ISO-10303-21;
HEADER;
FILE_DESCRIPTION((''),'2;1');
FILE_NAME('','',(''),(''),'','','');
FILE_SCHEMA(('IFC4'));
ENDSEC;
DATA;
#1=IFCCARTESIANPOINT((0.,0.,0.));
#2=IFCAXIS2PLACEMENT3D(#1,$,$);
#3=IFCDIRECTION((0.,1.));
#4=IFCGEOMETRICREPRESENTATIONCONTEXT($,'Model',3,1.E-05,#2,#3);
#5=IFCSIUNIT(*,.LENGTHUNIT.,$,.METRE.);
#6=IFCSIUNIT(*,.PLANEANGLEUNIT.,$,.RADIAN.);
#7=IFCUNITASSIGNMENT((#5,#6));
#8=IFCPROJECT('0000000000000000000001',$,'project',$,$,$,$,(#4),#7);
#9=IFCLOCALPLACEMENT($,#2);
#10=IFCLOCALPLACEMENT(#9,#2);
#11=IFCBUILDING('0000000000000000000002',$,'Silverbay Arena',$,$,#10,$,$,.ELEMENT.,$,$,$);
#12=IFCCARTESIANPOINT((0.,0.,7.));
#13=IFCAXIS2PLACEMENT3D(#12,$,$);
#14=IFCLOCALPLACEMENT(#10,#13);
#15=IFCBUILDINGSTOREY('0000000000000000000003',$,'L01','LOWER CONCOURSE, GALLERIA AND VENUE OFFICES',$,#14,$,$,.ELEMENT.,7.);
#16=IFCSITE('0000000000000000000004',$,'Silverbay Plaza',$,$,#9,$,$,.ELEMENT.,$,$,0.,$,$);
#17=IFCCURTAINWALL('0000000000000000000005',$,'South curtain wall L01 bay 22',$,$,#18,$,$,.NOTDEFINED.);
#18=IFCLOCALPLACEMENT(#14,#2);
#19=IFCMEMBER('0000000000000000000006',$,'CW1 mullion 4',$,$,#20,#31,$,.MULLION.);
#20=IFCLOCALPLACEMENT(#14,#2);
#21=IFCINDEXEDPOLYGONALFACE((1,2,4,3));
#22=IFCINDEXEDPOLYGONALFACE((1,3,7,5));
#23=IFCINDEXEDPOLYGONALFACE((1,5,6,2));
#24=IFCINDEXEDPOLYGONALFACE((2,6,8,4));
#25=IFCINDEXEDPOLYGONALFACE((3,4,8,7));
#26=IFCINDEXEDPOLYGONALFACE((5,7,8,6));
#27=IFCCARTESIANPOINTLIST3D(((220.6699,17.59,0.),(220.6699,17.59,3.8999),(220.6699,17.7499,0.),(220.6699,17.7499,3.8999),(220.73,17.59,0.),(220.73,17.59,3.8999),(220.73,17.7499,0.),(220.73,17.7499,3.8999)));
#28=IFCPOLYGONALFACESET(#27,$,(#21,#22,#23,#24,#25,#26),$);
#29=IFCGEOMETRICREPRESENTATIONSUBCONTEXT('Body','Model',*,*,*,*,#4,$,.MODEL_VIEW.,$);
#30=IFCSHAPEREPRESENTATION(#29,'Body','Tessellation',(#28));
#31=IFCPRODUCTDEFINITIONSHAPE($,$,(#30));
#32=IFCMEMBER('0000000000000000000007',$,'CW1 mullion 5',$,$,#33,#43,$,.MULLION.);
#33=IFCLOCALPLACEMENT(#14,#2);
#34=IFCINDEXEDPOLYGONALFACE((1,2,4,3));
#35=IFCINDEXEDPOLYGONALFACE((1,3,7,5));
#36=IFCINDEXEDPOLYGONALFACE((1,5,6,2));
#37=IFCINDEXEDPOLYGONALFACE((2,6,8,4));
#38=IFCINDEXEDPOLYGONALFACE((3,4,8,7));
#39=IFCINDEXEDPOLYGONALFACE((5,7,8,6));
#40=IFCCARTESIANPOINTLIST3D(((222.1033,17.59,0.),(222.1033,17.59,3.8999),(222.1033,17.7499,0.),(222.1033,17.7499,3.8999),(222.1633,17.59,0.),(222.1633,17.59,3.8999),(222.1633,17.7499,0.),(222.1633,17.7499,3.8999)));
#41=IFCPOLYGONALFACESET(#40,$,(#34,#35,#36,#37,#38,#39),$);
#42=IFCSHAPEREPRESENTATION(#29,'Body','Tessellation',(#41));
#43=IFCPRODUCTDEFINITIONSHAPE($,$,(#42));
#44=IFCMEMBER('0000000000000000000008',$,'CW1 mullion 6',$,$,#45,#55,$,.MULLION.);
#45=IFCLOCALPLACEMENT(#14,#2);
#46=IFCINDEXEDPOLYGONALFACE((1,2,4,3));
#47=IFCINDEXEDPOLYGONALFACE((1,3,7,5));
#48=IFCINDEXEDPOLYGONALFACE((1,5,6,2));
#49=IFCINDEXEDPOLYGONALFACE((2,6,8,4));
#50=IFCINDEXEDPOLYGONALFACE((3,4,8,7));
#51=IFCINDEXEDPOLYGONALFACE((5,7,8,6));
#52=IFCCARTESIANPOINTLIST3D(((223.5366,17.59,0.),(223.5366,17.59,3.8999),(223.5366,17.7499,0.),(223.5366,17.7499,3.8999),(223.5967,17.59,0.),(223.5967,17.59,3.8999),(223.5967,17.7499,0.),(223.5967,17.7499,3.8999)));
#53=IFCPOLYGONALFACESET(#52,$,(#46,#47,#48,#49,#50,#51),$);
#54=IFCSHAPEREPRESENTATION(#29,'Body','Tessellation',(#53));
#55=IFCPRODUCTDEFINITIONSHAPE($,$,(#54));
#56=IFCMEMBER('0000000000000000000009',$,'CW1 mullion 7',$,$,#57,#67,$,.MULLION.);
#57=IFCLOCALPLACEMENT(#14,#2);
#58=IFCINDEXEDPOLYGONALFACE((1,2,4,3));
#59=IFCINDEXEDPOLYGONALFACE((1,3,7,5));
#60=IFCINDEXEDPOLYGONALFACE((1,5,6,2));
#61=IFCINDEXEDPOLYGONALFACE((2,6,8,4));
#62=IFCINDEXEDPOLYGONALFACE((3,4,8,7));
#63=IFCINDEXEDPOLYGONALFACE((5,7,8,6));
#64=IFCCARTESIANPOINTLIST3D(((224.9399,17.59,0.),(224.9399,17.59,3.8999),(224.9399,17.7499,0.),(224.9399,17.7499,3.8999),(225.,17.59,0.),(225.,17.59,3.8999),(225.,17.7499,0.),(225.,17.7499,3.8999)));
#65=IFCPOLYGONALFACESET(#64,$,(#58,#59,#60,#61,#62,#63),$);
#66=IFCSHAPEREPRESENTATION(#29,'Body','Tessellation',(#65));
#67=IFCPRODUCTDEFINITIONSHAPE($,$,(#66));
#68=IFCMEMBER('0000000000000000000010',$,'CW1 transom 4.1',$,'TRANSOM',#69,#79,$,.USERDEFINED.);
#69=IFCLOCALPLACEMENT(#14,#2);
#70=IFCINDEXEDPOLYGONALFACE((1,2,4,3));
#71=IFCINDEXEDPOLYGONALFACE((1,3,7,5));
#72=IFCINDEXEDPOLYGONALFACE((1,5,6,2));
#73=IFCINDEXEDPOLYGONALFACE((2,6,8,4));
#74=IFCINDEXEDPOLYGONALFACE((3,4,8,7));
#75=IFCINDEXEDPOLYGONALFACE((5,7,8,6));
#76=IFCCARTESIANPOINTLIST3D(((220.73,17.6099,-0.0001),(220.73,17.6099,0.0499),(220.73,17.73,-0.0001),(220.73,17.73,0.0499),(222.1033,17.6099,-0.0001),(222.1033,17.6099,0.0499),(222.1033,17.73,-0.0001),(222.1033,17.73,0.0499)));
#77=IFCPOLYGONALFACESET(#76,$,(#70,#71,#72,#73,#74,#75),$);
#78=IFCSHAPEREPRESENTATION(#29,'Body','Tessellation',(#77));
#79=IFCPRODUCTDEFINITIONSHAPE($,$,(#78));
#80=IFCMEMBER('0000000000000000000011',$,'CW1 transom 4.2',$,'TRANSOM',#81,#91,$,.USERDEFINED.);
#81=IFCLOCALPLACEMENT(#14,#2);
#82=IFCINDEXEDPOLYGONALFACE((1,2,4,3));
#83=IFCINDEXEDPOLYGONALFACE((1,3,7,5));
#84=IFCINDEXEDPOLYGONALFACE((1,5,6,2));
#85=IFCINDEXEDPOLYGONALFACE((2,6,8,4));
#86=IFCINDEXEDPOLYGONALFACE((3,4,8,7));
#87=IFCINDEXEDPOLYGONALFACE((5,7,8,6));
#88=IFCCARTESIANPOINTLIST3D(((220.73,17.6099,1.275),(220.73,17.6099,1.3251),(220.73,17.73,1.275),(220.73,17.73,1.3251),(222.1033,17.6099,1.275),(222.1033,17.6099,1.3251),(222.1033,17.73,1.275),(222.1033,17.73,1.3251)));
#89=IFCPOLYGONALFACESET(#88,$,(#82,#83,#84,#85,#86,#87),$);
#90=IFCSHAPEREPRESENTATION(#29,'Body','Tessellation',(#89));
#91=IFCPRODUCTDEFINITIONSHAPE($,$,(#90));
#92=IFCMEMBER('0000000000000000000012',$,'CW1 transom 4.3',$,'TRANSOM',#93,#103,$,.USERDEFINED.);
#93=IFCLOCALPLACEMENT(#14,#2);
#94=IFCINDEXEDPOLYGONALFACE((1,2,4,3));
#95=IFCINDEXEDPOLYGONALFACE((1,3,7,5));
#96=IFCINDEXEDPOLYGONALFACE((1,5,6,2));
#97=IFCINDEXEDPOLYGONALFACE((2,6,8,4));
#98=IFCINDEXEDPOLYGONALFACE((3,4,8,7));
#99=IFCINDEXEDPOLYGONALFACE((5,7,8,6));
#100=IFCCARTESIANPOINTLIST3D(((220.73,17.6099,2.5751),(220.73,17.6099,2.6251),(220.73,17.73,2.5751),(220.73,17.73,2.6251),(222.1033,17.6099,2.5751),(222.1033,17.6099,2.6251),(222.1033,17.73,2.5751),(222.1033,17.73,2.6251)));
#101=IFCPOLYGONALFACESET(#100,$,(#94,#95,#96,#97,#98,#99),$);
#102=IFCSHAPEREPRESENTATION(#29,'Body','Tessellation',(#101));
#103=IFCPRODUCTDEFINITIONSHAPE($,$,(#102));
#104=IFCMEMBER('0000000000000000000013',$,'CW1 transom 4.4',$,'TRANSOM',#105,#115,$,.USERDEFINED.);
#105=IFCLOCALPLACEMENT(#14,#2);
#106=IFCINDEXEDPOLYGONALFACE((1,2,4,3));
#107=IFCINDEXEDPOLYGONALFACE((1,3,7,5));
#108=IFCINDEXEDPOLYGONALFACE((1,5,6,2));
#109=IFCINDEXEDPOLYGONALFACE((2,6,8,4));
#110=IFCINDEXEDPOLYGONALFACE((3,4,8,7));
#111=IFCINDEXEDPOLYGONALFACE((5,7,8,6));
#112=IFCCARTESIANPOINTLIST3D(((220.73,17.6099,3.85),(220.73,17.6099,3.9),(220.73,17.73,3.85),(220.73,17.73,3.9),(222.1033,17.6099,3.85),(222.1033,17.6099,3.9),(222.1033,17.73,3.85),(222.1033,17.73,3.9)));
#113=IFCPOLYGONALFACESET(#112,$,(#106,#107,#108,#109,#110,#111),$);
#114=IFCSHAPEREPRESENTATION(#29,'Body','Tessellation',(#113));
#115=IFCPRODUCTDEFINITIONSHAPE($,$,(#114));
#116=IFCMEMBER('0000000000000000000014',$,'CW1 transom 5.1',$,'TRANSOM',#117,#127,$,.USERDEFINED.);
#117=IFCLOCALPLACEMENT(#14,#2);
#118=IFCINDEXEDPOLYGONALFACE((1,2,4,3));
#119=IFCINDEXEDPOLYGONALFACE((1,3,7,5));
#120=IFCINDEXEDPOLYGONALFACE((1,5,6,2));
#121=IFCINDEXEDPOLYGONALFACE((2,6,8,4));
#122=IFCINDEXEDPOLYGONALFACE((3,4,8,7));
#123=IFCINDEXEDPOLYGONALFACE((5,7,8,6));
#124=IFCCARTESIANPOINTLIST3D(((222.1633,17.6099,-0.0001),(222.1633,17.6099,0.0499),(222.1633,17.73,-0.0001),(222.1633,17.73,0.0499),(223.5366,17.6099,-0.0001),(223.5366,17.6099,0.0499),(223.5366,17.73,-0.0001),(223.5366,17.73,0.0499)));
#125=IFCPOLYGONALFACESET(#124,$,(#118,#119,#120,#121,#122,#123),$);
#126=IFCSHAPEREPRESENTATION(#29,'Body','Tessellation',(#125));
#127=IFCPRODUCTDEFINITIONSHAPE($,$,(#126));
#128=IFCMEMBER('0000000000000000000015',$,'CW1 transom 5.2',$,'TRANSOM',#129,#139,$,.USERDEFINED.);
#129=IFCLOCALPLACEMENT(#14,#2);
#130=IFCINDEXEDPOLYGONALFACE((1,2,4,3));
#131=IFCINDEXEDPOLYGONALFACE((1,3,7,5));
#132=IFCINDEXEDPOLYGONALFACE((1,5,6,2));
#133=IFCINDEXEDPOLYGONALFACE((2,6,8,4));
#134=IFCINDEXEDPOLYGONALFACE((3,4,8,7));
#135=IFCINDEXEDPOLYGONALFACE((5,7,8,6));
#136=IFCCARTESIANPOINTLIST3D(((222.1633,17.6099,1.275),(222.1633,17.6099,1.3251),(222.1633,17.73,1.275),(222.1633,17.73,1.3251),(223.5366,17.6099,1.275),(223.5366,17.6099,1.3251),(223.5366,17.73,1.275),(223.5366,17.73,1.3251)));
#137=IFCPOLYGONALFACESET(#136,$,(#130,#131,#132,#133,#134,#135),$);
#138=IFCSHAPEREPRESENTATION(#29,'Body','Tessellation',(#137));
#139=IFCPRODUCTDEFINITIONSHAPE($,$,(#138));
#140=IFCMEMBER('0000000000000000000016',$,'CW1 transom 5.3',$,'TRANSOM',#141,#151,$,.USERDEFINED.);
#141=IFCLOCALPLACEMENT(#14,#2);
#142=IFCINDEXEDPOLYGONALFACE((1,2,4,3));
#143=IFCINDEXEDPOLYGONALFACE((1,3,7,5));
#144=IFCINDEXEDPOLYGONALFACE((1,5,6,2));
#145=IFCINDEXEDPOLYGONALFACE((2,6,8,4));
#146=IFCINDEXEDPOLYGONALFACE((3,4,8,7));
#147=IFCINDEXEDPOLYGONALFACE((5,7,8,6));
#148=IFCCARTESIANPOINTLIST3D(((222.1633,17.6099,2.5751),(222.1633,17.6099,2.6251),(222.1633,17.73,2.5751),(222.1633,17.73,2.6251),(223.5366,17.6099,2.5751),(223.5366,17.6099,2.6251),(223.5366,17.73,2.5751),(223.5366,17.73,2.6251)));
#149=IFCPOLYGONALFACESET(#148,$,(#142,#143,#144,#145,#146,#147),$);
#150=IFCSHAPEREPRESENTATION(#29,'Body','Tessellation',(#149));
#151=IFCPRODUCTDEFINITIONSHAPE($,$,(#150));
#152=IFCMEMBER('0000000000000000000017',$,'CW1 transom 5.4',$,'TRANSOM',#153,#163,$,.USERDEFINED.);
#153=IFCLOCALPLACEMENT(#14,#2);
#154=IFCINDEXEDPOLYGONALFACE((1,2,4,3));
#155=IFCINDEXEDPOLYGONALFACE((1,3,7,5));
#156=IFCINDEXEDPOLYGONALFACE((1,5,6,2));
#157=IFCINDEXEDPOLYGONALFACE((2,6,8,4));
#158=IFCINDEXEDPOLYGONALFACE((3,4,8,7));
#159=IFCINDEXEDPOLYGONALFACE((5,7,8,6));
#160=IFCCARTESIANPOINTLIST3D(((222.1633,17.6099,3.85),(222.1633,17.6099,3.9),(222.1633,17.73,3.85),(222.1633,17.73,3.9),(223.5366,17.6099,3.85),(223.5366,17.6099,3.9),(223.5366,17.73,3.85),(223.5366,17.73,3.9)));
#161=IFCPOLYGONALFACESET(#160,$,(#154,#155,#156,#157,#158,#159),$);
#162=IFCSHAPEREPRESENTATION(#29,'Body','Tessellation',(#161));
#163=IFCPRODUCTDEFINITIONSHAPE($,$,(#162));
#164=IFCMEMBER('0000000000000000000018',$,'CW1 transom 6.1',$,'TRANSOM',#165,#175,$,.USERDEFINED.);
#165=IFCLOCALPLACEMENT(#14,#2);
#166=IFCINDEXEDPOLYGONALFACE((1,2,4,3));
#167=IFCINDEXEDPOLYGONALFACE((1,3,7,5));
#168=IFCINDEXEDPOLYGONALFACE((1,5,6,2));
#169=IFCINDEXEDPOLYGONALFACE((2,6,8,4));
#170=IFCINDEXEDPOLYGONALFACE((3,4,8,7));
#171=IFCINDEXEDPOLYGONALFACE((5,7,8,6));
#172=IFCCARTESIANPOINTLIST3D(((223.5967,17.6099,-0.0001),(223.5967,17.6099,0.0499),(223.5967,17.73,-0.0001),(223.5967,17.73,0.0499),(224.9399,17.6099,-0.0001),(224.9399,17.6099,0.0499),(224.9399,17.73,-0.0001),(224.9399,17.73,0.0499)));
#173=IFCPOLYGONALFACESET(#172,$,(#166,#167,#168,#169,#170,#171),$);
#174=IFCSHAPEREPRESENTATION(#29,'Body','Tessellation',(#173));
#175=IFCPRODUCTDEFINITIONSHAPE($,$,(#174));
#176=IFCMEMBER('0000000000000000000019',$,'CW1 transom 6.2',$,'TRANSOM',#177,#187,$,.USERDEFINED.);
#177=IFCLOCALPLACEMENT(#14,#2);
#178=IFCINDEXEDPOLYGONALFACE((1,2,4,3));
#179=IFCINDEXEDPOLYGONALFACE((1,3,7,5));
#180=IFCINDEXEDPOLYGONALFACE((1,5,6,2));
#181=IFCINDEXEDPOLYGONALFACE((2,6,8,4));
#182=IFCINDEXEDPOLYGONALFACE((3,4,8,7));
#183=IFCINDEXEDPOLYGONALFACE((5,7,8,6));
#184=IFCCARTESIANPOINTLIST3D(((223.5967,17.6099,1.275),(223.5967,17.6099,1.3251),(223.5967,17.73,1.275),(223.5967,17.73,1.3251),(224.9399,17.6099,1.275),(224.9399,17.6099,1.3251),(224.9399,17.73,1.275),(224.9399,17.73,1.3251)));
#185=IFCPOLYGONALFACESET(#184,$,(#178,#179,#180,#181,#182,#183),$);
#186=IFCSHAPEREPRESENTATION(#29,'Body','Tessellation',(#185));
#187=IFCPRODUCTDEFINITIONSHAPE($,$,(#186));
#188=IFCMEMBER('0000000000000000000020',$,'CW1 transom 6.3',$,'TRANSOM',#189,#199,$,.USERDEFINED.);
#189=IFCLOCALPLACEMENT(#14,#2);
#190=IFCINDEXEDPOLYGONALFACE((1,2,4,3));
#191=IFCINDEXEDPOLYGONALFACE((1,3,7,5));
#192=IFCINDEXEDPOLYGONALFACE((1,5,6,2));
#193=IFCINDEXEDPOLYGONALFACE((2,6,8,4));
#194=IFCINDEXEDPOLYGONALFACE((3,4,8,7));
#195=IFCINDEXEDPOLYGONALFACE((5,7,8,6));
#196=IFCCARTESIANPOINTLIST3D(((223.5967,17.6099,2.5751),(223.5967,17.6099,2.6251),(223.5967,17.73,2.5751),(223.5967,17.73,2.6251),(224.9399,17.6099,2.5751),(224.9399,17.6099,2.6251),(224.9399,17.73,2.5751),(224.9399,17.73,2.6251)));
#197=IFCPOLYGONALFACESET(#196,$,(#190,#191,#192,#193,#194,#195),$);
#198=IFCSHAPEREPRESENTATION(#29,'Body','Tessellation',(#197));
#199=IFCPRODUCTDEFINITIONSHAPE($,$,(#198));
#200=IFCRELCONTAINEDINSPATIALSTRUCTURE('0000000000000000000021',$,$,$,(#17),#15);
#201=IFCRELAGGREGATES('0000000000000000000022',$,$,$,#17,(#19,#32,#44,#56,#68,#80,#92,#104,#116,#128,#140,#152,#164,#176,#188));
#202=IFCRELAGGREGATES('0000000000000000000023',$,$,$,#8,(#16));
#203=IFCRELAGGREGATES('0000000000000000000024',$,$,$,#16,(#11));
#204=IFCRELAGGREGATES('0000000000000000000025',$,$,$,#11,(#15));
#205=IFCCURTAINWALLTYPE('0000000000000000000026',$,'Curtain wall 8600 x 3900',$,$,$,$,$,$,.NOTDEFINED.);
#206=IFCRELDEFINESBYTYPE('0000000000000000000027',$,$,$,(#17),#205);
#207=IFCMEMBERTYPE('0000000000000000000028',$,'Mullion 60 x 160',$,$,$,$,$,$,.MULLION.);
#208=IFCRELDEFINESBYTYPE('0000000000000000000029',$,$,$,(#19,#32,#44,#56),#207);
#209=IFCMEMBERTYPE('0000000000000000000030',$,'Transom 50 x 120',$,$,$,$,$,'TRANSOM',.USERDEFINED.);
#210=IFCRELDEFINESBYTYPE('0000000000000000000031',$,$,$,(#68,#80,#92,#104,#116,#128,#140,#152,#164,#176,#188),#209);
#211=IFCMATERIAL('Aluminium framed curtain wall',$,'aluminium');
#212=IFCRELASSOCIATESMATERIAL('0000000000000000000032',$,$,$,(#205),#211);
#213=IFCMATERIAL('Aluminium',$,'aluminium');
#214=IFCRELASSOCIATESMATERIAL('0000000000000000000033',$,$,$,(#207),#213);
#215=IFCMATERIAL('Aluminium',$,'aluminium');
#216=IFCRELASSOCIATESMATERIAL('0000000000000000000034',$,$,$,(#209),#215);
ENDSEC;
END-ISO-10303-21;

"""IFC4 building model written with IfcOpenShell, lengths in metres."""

from ifc_helpers import new_model, si_unit, direction, frame, origin, origin_2d, place, context, subcontext, project, spatial, rectangle, extrude, material, material_profile, profile_set, type_object, element, aggregate, save


model = new_model("IFC4")

# Units and contexts
model_context = context("Model", 3, precision=1e-05, world=origin(), true_north=direction((0.0, 1.0)))
body_context = subcontext(model_context, "Body", "Model", "MODEL_VIEW")
ifc_project = project(units=[si_unit("LENGTHUNIT", "METRE"), si_unit("PLANEANGLEUNIT", "RADIAN")], contexts=[model_context])

# Site, building, storey
site_placement = place(None, origin())
site = spatial("IfcSite", under=ifc_project, at=site_placement, Name="Silverbay Plaza", CompositionType="ELEMENT", RefElevation=0.0)
building_placement = place(site_placement, origin())
building = spatial("IfcBuilding", under=site, at=building_placement, Name="Silverbay Arena", CompositionType="ELEMENT")
storey_placement = place(building_placement, frame((0.0, 0.0, 7.0)))
storey = spatial("IfcBuildingStorey", under=building, at=storey_placement, Name="L01", Description="LOWER CONCOURSE, GALLERIA AND VENUE OFFICES", CompositionType="ELEMENT", Elevation=7.0)

# Curtain wall, members
ifc_material_1 = material(Name="Aluminium framed curtain wall", Category="aluminium")
curtain_wall_type = type_object("IfcCurtainWallType", Name="Curtain wall 8600 x 3900", PredefinedType="NOTDEFINED", material=ifc_material_1)
curtain_wall_placement = place(storey_placement, origin())
curtain_wall = element("IfcCurtainWall", 1, at=curtain_wall_placement, inside=storey, type_object=curtain_wall_type, Name="South curtain wall L01 bay 22", PredefinedType="NOTDEFINED")
ifc_material_2 = material(Name="Aluminium", Category="aluminium")
ifc_material_profile_1 = material_profile(ifc_material_2, rectangle(XDim=0.1599, YDim=0.0601, at=origin_2d()), Name="Mullion 60 x 160")
ifc_profile_set_1 = profile_set([ifc_material_profile_1], Name="Aluminium")
member_type_1 = type_object("IfcMemberType", Name="Mullion 60 x 160", PredefinedType="MULLION", material=ifc_profile_set_1)
member_1_placement = place(storey_placement, frame((220.7, 17.6699, 0.0), z_axis=(0.0, 0.0, 1.0), x_axis=(0.0, 1.0, 0.0)))
member_1 = element("IfcMember", 2, at=member_1_placement, type_object=member_type_1, Name="CW1 mullion 4", PredefinedType="MULLION", context=body_context, shape_type="SweptSolid", body=[
    extrude(rectangle(XDim=0.1599, YDim=0.0601, at=origin_2d()), origin(), (0.0, 0.0, 1.0), 3.8999),
])
member_2_placement = place(storey_placement, frame((222.1333, 17.6699, 0.0), z_axis=(0.0, 0.0, 1.0), x_axis=(0.0, 1.0, 0.0)))
member_2 = element("IfcMember", 3, at=member_2_placement, type_object=member_type_1, Name="CW1 mullion 5", PredefinedType="MULLION", context=body_context, shape_type="SweptSolid", body=[
    extrude(rectangle(XDim=0.1599, YDim=0.0601, at=origin_2d()), origin(), (0.0, 0.0, 1.0), 3.8999),
])
member_3_placement = place(storey_placement, frame((223.5667, 17.6699, 0.0), z_axis=(0.0, 0.0, 1.0), x_axis=(0.0, 1.0, 0.0)))
member_3 = element("IfcMember", 4, at=member_3_placement, type_object=member_type_1, Name="CW1 mullion 6", PredefinedType="MULLION", context=body_context, shape_type="SweptSolid", body=[
    extrude(rectangle(XDim=0.1599, YDim=0.0601, at=origin_2d()), origin(), (0.0, 0.0, 1.0), 3.8999),
])
member_4_placement = place(storey_placement, frame((224.97, 17.6699, 0.0), z_axis=(0.0, 0.0, 1.0), x_axis=(0.0, 1.0, 0.0)))
member_4 = element("IfcMember", 5, at=member_4_placement, type_object=member_type_1, Name="CW1 mullion 7", PredefinedType="MULLION", context=body_context, shape_type="SweptSolid", body=[
    extrude(rectangle(XDim=0.1599, YDim=0.0601, at=origin_2d()), origin(), (0.0, 0.0, 1.0), 3.8999),
])
ifc_material_3 = material(Name="Aluminium", Category="aluminium")
ifc_material_profile_2 = material_profile(ifc_material_3, rectangle(XDim=0.1201, YDim=0.05, at=origin_2d()), Name="Transom 50 x 120")
ifc_profile_set_2 = profile_set([ifc_material_profile_2], Name="Aluminium")
member_type_2 = type_object("IfcMemberType", Name="Transom 50 x 120", ElementType="TRANSOM", PredefinedType="USERDEFINED", material=ifc_profile_set_2)
member_5_placement = place(storey_placement, frame((220.73, 17.6699, 0.0249), z_axis=(1.0, 0.0, 0.0), x_axis=(0.0, 1.0, 0.0)))
member_5 = element("IfcMember", 6, at=member_5_placement, type_object=member_type_2, Name="CW1 transom 4.1", ObjectType="TRANSOM", PredefinedType="USERDEFINED", context=body_context, shape_type="SweptSolid", body=[
    extrude(rectangle(XDim=0.1201, YDim=0.05, at=origin_2d()), origin(), (0.0, 0.0, 1.0), 1.3733),
])
member_6_placement = place(storey_placement, frame((220.73, 17.6699, 1.3), z_axis=(1.0, 0.0, 0.0), x_axis=(0.0, 1.0, 0.0)))
member_6 = element("IfcMember", 7, at=member_6_placement, type_object=member_type_2, Name="CW1 transom 4.2", ObjectType="TRANSOM", PredefinedType="USERDEFINED", context=body_context, shape_type="SweptSolid", body=[
    extrude(rectangle(XDim=0.1201, YDim=0.05, at=origin_2d()), origin(), (0.0, 0.0, 1.0), 1.3733),
])
member_7_placement = place(storey_placement, frame((220.73, 17.6699, 2.6001), z_axis=(1.0, 0.0, 0.0), x_axis=(0.0, 1.0, 0.0)))
member_7 = element("IfcMember", 8, at=member_7_placement, type_object=member_type_2, Name="CW1 transom 4.3", ObjectType="TRANSOM", PredefinedType="USERDEFINED", context=body_context, shape_type="SweptSolid", body=[
    extrude(rectangle(XDim=0.1201, YDim=0.05, at=origin_2d()), origin(), (0.0, 0.0, 1.0), 1.3733),
])
member_8_placement = place(storey_placement, frame((220.73, 17.6699, 3.875), z_axis=(1.0, 0.0, 0.0), x_axis=(0.0, 1.0, 0.0)))
member_8 = element("IfcMember", 9, at=member_8_placement, type_object=member_type_2, Name="CW1 transom 4.4", ObjectType="TRANSOM", PredefinedType="USERDEFINED", context=body_context, shape_type="SweptSolid", body=[
    extrude(rectangle(XDim=0.1201, YDim=0.05, at=origin_2d()), origin(), (0.0, 0.0, 1.0), 1.3733),
])
member_9_placement = place(storey_placement, frame((222.1633, 17.6699, 0.0249), z_axis=(1.0, 0.0, 0.0), x_axis=(0.0, 1.0, 0.0)))
member_9 = element("IfcMember", 10, at=member_9_placement, type_object=member_type_2, Name="CW1 transom 5.1", ObjectType="TRANSOM", PredefinedType="USERDEFINED", context=body_context, shape_type="SweptSolid", body=[
    extrude(rectangle(XDim=0.1201, YDim=0.05, at=origin_2d()), origin(), (0.0, 0.0, 1.0), 1.3733),
])
member_10_placement = place(storey_placement, frame((222.1633, 17.6699, 1.3), z_axis=(1.0, 0.0, 0.0), x_axis=(0.0, 1.0, 0.0)))
member_10 = element("IfcMember", 11, at=member_10_placement, type_object=member_type_2, Name="CW1 transom 5.2", ObjectType="TRANSOM", PredefinedType="USERDEFINED", context=body_context, shape_type="SweptSolid", body=[
    extrude(rectangle(XDim=0.1201, YDim=0.05, at=origin_2d()), origin(), (0.0, 0.0, 1.0), 1.3733),
])
member_11_placement = place(storey_placement, frame((222.1633, 17.6699, 2.6001), z_axis=(1.0, 0.0, 0.0), x_axis=(0.0, 1.0, 0.0)))
member_11 = element("IfcMember", 12, at=member_11_placement, type_object=member_type_2, Name="CW1 transom 5.3", ObjectType="TRANSOM", PredefinedType="USERDEFINED", context=body_context, shape_type="SweptSolid", body=[
    extrude(rectangle(XDim=0.1201, YDim=0.05, at=origin_2d()), origin(), (0.0, 0.0, 1.0), 1.3733),
])
member_12_placement = place(storey_placement, frame((222.1633, 17.6699, 3.875), z_axis=(1.0, 0.0, 0.0), x_axis=(0.0, 1.0, 0.0)))
member_12 = element("IfcMember", 13, at=member_12_placement, type_object=member_type_2, Name="CW1 transom 5.4", ObjectType="TRANSOM", PredefinedType="USERDEFINED", context=body_context, shape_type="SweptSolid", body=[
    extrude(rectangle(XDim=0.1201, YDim=0.05, at=origin_2d()), origin(), (0.0, 0.0, 1.0), 1.3733),
])
member_13_placement = place(storey_placement, frame((223.5967, 17.6699, 0.0249), z_axis=(1.0, 0.0, 0.0), x_axis=(0.0, 1.0, 0.0)))
member_13 = element("IfcMember", 14, at=member_13_placement, type_object=member_type_2, Name="CW1 transom 6.1", ObjectType="TRANSOM", PredefinedType="USERDEFINED", context=body_context, shape_type="SweptSolid", body=[
    extrude(rectangle(XDim=0.1201, YDim=0.05, at=origin_2d()), origin(), (0.0, 0.0, 1.0), 1.3433),
])
member_14_placement = place(storey_placement, frame((223.5967, 17.6699, 1.3), z_axis=(1.0, 0.0, 0.0), x_axis=(0.0, 1.0, 0.0)))
member_14 = element("IfcMember", 15, at=member_14_placement, type_object=member_type_2, Name="CW1 transom 6.2", ObjectType="TRANSOM", PredefinedType="USERDEFINED", context=body_context, shape_type="SweptSolid", body=[
    extrude(rectangle(XDim=0.1201, YDim=0.05, at=origin_2d()), origin(), (0.0, 0.0, 1.0), 1.3433),
])
member_15_placement = place(storey_placement, frame((223.5967, 17.6699, 2.6001), z_axis=(1.0, 0.0, 0.0), x_axis=(0.0, 1.0, 0.0)))
member_15 = element("IfcMember", 16, at=member_15_placement, type_object=member_type_2, Name="CW1 transom 6.3", ObjectType="TRANSOM", PredefinedType="USERDEFINED", context=body_context, shape_type="SweptSolid", body=[
    extrude(rectangle(XDim=0.1201, YDim=0.05, at=origin_2d()), origin(), (0.0, 0.0, 1.0), 1.3433),
])
aggregate(curtain_wall, [member_1, member_2, member_3, member_4, member_5, member_6, member_7, member_8, member_9, member_10, member_11, member_12, member_13, member_14, member_15])

save(model, "model.ifc")
